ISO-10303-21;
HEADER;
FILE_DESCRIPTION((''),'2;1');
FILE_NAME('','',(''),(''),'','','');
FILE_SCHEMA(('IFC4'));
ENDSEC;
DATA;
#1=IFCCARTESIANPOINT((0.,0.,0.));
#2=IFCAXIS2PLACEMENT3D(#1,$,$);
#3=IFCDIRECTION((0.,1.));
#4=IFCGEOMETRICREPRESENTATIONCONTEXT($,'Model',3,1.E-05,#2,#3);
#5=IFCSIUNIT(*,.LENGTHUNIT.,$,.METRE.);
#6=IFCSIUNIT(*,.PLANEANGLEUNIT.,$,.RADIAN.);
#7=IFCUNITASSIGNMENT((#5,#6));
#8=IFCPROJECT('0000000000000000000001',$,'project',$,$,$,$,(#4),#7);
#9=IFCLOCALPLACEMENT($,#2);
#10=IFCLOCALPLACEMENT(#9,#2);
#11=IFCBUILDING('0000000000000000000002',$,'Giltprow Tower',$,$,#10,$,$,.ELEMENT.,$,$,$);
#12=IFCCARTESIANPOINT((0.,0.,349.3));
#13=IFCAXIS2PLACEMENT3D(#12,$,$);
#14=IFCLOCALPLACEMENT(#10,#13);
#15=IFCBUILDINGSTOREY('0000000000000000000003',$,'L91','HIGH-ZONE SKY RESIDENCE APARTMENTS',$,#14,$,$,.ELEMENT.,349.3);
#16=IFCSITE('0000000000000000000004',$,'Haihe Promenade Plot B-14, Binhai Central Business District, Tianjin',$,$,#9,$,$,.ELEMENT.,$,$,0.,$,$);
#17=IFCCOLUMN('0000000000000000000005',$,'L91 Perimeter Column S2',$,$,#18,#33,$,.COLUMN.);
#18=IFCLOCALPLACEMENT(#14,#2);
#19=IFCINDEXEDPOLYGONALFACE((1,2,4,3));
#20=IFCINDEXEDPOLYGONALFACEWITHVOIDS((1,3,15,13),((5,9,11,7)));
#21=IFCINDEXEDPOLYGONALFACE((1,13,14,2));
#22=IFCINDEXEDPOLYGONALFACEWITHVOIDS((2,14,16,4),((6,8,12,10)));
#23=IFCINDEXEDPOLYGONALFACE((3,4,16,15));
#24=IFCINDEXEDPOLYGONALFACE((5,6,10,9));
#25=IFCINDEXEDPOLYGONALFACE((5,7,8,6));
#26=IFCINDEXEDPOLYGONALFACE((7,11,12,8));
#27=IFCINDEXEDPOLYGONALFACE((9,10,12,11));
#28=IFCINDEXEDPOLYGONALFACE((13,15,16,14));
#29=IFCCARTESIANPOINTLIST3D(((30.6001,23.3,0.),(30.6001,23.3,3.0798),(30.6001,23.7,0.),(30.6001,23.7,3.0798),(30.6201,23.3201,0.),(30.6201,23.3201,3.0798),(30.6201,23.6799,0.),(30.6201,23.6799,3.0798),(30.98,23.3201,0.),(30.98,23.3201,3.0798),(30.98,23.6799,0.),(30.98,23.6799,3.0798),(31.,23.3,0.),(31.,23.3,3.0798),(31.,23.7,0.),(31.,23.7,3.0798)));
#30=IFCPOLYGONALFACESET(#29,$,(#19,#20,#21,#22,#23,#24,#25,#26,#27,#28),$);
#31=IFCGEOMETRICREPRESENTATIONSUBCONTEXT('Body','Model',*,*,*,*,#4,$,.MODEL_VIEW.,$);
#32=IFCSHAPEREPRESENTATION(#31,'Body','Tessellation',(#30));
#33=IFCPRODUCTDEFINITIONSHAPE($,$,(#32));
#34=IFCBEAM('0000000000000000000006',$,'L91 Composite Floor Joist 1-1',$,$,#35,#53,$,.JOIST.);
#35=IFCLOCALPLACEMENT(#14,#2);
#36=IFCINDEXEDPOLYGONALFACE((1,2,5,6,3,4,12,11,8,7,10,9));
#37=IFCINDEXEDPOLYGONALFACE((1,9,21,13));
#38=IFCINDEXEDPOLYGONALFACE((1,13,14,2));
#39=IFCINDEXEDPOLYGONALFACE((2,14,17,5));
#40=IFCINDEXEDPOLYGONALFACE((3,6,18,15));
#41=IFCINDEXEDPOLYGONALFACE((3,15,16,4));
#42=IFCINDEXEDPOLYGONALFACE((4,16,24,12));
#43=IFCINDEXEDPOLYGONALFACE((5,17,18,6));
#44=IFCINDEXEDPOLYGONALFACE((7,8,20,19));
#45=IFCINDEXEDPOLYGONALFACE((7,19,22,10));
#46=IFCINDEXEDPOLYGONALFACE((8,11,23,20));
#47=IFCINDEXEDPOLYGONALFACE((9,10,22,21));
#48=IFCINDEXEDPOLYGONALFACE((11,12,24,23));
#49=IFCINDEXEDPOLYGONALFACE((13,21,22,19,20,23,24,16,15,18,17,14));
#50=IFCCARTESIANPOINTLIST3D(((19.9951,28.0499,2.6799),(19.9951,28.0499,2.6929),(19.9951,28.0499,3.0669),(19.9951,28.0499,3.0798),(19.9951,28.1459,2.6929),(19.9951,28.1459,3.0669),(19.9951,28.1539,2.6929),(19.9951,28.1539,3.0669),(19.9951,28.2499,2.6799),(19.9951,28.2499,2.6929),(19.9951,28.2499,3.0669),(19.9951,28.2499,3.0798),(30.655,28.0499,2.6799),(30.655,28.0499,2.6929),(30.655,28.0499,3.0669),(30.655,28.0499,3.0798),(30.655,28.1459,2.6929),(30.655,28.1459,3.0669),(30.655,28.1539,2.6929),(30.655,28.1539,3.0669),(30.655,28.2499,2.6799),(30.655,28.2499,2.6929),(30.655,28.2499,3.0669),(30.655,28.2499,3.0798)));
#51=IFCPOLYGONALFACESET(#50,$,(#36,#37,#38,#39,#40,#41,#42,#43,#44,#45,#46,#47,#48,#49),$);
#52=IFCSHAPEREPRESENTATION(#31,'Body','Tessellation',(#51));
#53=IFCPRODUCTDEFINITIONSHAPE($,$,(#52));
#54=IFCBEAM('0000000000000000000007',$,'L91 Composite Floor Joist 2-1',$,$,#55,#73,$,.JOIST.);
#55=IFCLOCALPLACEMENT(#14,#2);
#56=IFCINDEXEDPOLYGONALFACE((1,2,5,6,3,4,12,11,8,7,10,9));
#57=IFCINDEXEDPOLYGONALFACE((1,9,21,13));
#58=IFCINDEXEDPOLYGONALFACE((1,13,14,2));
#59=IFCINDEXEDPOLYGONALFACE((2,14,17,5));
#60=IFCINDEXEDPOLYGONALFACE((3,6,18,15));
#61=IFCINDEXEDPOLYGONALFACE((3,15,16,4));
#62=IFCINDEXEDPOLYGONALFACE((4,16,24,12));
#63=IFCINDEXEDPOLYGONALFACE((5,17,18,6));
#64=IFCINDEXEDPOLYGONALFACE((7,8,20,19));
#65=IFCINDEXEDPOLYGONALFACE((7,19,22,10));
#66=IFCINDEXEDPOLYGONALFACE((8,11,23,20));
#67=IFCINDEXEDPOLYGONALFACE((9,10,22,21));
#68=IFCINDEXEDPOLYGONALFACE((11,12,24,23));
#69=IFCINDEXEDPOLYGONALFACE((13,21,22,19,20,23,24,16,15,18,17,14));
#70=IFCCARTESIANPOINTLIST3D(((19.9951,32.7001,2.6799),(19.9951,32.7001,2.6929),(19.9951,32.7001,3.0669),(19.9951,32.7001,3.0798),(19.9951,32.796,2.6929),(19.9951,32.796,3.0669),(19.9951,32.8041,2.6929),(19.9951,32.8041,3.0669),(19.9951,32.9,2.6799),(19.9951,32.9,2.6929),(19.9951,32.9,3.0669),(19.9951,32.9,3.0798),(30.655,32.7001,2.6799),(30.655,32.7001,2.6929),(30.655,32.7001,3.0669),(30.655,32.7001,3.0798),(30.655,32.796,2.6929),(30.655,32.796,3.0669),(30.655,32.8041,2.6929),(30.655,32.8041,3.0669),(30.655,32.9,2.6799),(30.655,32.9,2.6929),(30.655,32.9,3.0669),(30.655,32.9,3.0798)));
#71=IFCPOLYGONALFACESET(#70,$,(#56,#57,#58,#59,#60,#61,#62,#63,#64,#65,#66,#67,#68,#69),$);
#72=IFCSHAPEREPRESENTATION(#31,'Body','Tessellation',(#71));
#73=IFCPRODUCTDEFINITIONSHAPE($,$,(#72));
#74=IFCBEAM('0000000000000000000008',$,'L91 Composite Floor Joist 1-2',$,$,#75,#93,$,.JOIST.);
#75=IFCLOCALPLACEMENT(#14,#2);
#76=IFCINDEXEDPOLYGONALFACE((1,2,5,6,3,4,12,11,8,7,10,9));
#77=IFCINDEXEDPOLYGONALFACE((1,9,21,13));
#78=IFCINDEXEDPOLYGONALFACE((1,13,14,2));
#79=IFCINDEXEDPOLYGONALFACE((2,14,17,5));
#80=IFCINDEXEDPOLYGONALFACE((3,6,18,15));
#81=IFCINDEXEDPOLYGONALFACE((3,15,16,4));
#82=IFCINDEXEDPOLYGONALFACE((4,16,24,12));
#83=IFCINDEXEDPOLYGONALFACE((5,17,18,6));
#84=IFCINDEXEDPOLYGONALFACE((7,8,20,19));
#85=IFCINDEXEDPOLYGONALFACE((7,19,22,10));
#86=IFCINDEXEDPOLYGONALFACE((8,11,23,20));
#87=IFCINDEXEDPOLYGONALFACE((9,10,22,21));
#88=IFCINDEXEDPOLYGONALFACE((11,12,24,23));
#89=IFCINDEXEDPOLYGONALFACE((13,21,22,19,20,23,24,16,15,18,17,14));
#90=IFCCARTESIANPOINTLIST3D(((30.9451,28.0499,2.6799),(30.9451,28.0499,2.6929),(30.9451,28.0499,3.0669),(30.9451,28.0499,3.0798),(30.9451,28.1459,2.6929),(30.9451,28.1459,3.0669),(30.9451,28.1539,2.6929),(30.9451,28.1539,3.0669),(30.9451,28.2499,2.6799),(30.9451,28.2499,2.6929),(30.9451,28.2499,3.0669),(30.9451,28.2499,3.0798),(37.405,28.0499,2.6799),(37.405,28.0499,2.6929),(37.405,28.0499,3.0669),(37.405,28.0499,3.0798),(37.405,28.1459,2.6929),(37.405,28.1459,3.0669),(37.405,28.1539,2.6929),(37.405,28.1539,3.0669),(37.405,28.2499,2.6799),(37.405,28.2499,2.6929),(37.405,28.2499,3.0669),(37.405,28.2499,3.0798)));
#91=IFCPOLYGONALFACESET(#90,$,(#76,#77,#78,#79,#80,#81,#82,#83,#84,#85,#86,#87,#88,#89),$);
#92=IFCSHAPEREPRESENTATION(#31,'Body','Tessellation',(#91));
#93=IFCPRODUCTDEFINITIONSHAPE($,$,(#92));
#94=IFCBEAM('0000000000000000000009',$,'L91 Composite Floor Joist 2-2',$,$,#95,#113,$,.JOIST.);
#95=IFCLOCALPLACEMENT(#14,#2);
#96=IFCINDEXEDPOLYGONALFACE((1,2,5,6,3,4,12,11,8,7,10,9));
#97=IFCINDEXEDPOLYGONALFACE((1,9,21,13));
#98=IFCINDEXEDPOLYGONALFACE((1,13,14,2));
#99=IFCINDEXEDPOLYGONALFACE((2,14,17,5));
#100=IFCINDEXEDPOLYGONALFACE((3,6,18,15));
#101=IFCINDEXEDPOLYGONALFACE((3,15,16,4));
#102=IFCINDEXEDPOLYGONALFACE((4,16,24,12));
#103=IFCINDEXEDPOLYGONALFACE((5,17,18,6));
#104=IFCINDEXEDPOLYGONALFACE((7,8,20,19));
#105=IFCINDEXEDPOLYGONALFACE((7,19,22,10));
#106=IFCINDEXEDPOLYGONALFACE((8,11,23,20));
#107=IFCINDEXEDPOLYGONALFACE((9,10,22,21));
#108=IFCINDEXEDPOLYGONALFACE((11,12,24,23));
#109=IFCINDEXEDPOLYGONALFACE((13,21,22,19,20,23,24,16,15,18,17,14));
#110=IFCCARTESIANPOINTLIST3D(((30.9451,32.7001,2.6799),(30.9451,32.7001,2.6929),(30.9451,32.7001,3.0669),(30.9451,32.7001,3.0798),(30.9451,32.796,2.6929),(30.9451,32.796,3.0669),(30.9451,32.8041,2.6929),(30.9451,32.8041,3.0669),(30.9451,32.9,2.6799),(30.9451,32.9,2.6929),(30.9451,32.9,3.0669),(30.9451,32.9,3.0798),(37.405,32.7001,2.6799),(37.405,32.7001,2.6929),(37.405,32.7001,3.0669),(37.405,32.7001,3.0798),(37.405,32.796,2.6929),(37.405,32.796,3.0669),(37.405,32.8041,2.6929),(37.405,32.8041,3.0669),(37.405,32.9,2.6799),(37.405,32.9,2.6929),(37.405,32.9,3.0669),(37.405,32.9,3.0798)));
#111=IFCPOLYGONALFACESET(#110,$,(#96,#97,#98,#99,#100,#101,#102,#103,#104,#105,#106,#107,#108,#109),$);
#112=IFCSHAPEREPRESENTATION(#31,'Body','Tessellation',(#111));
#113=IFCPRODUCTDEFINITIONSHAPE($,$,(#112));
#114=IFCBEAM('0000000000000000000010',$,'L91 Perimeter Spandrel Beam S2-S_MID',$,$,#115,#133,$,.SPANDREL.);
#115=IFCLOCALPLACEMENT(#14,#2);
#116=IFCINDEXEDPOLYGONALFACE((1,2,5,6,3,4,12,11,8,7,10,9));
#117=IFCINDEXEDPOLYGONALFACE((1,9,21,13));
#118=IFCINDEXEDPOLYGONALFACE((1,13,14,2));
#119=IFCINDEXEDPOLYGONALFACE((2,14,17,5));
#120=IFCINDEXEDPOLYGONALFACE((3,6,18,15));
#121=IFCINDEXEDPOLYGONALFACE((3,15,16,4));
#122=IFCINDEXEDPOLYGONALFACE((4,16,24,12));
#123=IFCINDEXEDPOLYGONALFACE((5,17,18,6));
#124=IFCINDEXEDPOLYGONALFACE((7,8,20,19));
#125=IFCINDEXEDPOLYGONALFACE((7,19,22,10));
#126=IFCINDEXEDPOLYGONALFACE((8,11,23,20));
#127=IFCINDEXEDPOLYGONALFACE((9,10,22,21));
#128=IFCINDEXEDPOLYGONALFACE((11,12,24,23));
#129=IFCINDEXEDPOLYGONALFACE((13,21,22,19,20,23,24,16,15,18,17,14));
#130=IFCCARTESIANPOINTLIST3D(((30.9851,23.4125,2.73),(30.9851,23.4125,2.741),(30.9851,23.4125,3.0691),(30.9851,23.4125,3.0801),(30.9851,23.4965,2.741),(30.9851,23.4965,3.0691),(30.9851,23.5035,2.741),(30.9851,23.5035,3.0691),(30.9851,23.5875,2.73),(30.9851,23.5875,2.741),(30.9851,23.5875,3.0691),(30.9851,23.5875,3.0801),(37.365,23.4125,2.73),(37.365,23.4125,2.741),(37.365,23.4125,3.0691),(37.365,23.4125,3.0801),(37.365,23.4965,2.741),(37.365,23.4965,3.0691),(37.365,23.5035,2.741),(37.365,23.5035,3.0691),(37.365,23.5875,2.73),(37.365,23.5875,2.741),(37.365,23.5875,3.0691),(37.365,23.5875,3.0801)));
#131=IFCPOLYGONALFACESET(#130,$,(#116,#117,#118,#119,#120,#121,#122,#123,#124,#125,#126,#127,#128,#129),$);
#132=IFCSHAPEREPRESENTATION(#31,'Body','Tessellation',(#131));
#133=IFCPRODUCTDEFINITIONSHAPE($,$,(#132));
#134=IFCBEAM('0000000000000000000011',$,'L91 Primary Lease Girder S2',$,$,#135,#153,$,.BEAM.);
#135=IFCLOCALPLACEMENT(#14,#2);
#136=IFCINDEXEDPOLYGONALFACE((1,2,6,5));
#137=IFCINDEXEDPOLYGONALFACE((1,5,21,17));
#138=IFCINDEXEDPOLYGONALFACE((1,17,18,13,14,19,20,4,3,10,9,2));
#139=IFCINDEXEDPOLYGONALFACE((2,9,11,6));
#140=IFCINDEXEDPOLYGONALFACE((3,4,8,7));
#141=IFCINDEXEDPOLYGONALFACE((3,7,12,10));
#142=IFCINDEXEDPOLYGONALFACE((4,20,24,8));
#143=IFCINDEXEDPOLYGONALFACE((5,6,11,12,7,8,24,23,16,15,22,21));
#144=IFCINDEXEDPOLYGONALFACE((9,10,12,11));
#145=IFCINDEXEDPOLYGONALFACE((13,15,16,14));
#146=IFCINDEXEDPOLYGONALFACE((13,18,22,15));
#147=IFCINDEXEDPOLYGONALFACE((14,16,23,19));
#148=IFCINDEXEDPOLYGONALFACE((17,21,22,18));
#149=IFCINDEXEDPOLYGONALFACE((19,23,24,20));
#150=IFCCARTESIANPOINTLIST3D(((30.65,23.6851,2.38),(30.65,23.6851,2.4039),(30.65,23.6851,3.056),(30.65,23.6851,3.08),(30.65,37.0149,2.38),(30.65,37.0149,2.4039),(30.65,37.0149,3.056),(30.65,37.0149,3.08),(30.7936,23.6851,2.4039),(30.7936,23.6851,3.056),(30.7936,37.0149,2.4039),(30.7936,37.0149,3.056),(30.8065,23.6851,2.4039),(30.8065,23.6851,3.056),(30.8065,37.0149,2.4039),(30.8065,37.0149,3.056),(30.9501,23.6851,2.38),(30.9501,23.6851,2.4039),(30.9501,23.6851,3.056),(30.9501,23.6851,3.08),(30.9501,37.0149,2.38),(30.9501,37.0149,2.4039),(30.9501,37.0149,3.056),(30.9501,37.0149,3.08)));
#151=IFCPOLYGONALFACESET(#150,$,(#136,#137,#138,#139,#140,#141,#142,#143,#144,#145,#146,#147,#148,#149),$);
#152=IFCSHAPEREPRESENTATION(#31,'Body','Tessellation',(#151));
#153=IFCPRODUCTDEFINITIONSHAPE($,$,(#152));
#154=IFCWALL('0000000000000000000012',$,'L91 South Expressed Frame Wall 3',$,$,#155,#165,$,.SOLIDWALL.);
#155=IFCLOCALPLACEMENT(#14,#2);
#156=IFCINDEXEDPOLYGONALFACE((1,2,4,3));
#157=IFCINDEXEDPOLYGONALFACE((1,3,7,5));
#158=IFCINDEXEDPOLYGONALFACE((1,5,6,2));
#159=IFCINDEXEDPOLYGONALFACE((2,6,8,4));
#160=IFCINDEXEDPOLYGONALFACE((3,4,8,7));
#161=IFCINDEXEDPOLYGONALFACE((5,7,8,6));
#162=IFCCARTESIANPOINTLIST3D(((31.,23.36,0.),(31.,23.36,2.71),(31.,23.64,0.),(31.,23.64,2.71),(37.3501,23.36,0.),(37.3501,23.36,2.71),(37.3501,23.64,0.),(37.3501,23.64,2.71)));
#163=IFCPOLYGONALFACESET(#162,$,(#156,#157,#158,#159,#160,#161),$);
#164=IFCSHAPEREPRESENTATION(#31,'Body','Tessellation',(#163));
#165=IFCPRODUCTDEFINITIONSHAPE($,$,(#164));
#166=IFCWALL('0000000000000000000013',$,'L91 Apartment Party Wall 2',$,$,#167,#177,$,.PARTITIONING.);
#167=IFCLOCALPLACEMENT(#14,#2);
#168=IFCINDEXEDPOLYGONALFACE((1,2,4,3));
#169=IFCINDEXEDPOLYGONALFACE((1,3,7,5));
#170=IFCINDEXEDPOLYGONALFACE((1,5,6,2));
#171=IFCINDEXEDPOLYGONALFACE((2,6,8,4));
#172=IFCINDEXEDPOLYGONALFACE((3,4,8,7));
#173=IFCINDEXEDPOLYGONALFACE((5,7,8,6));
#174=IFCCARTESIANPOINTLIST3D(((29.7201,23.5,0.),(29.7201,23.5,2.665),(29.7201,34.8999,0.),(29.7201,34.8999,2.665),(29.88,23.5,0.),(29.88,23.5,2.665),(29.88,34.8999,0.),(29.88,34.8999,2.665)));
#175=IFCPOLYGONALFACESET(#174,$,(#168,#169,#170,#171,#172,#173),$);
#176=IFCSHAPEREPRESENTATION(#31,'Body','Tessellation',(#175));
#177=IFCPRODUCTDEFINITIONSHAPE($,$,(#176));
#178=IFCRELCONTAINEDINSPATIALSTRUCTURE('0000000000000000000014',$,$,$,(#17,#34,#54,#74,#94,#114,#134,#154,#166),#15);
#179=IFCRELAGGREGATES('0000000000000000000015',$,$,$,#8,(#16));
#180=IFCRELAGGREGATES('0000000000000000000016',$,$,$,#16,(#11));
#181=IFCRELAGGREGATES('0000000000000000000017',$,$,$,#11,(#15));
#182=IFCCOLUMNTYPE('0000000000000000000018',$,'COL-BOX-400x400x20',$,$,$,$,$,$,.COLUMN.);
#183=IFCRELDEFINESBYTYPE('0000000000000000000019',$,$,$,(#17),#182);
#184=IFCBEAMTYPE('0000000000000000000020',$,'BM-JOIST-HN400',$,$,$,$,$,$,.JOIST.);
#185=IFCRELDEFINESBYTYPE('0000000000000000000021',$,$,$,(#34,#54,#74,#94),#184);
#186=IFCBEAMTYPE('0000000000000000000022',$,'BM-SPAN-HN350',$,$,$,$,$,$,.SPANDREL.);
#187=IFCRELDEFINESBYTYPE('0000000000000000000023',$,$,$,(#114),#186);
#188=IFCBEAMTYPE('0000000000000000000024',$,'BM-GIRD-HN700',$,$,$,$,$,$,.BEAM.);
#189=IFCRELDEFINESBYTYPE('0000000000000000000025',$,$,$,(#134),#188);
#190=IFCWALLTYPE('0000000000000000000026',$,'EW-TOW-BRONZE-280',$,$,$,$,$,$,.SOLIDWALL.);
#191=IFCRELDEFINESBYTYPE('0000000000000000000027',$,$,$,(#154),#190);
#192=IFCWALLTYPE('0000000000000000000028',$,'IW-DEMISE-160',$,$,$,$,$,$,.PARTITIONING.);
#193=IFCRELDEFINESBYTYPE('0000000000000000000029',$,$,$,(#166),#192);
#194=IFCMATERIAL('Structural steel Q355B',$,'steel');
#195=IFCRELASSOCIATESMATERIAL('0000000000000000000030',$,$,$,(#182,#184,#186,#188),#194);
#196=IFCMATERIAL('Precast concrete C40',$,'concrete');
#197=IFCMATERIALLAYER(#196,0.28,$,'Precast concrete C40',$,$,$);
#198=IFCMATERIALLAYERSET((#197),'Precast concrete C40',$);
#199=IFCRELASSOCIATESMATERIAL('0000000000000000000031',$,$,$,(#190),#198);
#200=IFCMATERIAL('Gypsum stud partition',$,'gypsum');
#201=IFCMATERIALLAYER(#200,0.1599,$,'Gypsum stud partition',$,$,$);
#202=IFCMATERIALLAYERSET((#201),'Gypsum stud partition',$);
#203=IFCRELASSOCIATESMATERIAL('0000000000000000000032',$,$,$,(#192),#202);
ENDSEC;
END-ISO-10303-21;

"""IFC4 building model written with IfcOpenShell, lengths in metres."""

from ifc_helpers import new_model, si_unit, direction, frame, frame_2d, origin, origin_2d, place, context, subcontext, project, spatial, rectangle, hollow_rectangle, i_section, extrude, source, transform, mapped, material, layer, layer_set, material_profile, profile_set, type_object, element, save


model = new_model("IFC4")

# Units and contexts
model_context = context("Model", 3, precision=1e-05, world=origin(), true_north=direction((0.0, 1.0)))
body_context = subcontext(model_context, "Body", "Model", "MODEL_VIEW")
ifc_project = project(units=[si_unit("LENGTHUNIT", "METRE"), si_unit("PLANEANGLEUNIT", "RADIAN")], contexts=[model_context])

# Site, building, storey
site_placement = place(None, origin())
site = spatial("IfcSite", under=ifc_project, at=site_placement, Name="Haihe Promenade Plot B-14, Binhai Central Business District, Tianjin", CompositionType="ELEMENT", RefElevation=0.0)
building_placement = place(site_placement, origin())
building = spatial("IfcBuilding", under=site, at=building_placement, Name="Giltprow Tower", CompositionType="ELEMENT")
storey_placement = place(building_placement, frame((0.0, 0.0, 349.3)))
storey = spatial("IfcBuildingStorey", under=building, at=storey_placement, Name="L91", Description="HIGH-ZONE SKY RESIDENCE APARTMENTS", CompositionType="ELEMENT", Elevation=349.3)

# Column
ifc_material_1 = material(Name="Structural steel Q355B", Category="steel")
ifc_material_profile_1 = material_profile(ifc_material_1, hollow_rectangle(XDim=0.3999, YDim=0.3999, WallThickness=0.02, at=origin_2d()), Name="BOX 400x400x20")
ifc_profile_set_1 = profile_set([ifc_material_profile_1], Name="Structural steel Q355B")
column_type = type_object("IfcColumnType", Name="COL-BOX-400x400x20", PredefinedType="COLUMN", material=ifc_profile_set_1)
shared_shape_1 = source(origin(), body_context, "Body", "SweptSolid", [
    extrude(hollow_rectangle(XDim=0.3999, YDim=0.3999, WallThickness=0.02, at=origin_2d()), origin(), (0.0, 0.0, 1.0), 3.0798),
])
column_placement = place(storey_placement, frame((30.8, 23.5, 0.0), z_axis=(0.0, 0.0, 1.0), x_axis=(1.0, 0.0, 0.0)))
element("IfcColumn", 1, at=column_placement, inside=storey, type_object=column_type, Name="L91 Perimeter Column S2", PredefinedType="COLUMN", context=body_context, shape_type="MappedRepresentation", body=[
    mapped(shared_shape_1, transform((0.0, 0.0, 0.0), x_axis=(1.0, 0.0, 0.0), y_axis=(0.0, 1.0, 0.0), z_axis=(0.0, 0.0, 1.0), scale=1.0)),
])

# Beams
ifc_material_profile_2 = material_profile(ifc_material_1, i_section(OverallWidth=0.2, OverallDepth=0.3999, WebThickness=0.0081, FlangeThickness=0.0129, at=origin_2d()), Name="HN 400x200x8x13")
ifc_profile_set_2 = profile_set([ifc_material_profile_2], Name="Structural steel Q355B")
beam_type_1 = type_object("IfcBeamType", Name="BM-JOIST-HN400", PredefinedType="JOIST", material=ifc_profile_set_2)
shared_shape_2 = source(origin(), body_context, "Body", "SweptSolid", [
    extrude(i_section(OverallWidth=0.2, OverallDepth=0.3999, WebThickness=0.0081, FlangeThickness=0.0129, at=origin_2d()), origin(), (0.0, 0.0, 1.0), 10.6599),
])
for number, where, z_axis, x_axis, name in (
    (2, (19.9951, 28.1499, 2.8799), (1.0, 0.0, 0.0), (0.0, 1.0, 0.0), "L91 Composite Floor Joist 1-1"),
    (3, (19.9951, 32.8, 2.8799), (1.0, 0.0, 0.0), (0.0, 1.0, 0.0), "L91 Composite Floor Joist 2-1"),
):
    element("IfcBeam", number, at=place(storey_placement, frame(where, z_axis=z_axis, x_axis=x_axis)), inside=storey, type_object=beam_type_1, Name=name, PredefinedType="JOIST", context=body_context, shape_type="MappedRepresentation", body=[
        mapped(shared_shape_2, transform((0.0, 0.0, 0.0), x_axis=(1.0, 0.0, 0.0), y_axis=(0.0, 1.0, 0.0), z_axis=(0.0, 0.0, 1.0), scale=1.0)),
    ])
shared_shape_3 = source(origin(), body_context, "Body", "SweptSolid", [
    extrude(i_section(OverallWidth=0.2, OverallDepth=0.3999, WebThickness=0.0081, FlangeThickness=0.0129, at=origin_2d()), origin(), (0.0, 0.0, 1.0), 6.46),
])
for number, where, z_axis, x_axis, name in (
    (4, (30.9451, 28.1499, 2.8799), (1.0, 0.0, 0.0), (0.0, 1.0, 0.0), "L91 Composite Floor Joist 1-2"),
    (5, (30.9451, 32.8, 2.8799), (1.0, 0.0, 0.0), (0.0, 1.0, 0.0), "L91 Composite Floor Joist 2-2"),
):
    element("IfcBeam", number, at=place(storey_placement, frame(where, z_axis=z_axis, x_axis=x_axis)), inside=storey, type_object=beam_type_1, Name=name, PredefinedType="JOIST", context=body_context, shape_type="MappedRepresentation", body=[
        mapped(shared_shape_3, transform((0.0, 0.0, 0.0), x_axis=(1.0, 0.0, 0.0), y_axis=(0.0, 1.0, 0.0), z_axis=(0.0, 0.0, 1.0), scale=1.0)),
    ])
ifc_material_profile_3 = material_profile(ifc_material_1, i_section(OverallWidth=0.175, OverallDepth=0.3501, WebThickness=0.0071, FlangeThickness=0.011, at=origin_2d()), Name="HN 350x175x7x11")
ifc_profile_set_3 = profile_set([ifc_material_profile_3], Name="Structural steel Q355B")
beam_type_2 = type_object("IfcBeamType", Name="BM-SPAN-HN350", PredefinedType="SPANDREL", material=ifc_profile_set_3)
shared_shape_4 = source(origin(), body_context, "Body", "SweptSolid", [
    extrude(i_section(OverallWidth=0.175, OverallDepth=0.3501, WebThickness=0.0071, FlangeThickness=0.011, at=origin_2d()), origin(), (0.0, 0.0, 1.0), 6.3799),
])
beam_1_placement = place(storey_placement, frame((30.9851, 23.5, 2.905), z_axis=(1.0, 0.0, 0.0), x_axis=(0.0, 1.0, 0.0)))
element("IfcBeam", 6, at=beam_1_placement, inside=storey, type_object=beam_type_2, Name="L91 Perimeter Spandrel Beam S2-S_MID", PredefinedType="SPANDREL", context=body_context, shape_type="MappedRepresentation", body=[
    mapped(shared_shape_4, transform((0.0, 0.0, 0.0), x_axis=(1.0, 0.0, 0.0), y_axis=(0.0, 1.0, 0.0), z_axis=(0.0, 0.0, 1.0), scale=1.0)),
])
ifc_material_profile_4 = material_profile(ifc_material_1, i_section(OverallWidth=0.3, OverallDepth=0.7, WebThickness=0.0129, FlangeThickness=0.0239, at=origin_2d()), Name="HN 700x300x13x24")
ifc_profile_set_4 = profile_set([ifc_material_profile_4], Name="Structural steel Q355B")
beam_type_3 = type_object("IfcBeamType", Name="BM-GIRD-HN700", PredefinedType="BEAM", material=ifc_profile_set_4)
shared_shape_5 = source(origin(), body_context, "Body", "SweptSolid", [
    extrude(i_section(OverallWidth=0.3, OverallDepth=0.7, WebThickness=0.0129, FlangeThickness=0.0239, at=origin_2d()), origin(), (0.0, 0.0, 1.0), 13.3298),
])
beam_2_placement = place(storey_placement, frame((30.8, 23.6851, 2.73), z_axis=(0.0, 1.0, 0.0), x_axis=(-1.0, 0.0, 0.0)))
element("IfcBeam", 7, at=beam_2_placement, inside=storey, type_object=beam_type_3, Name="L91 Primary Lease Girder S2", PredefinedType="BEAM", context=body_context, shape_type="MappedRepresentation", body=[
    mapped(shared_shape_5, transform((0.0, 0.0, 0.0), x_axis=(1.0, 0.0, 0.0), y_axis=(0.0, 1.0, 0.0), z_axis=(0.0, 0.0, 1.0), scale=1.0)),
])

# Walls
ifc_material_2 = material(Name="Precast concrete C40", Category="concrete")
ifc_layer_1 = layer(ifc_material_2, 0.28, Name="Precast concrete C40")
ifc_layer_set_1 = layer_set([ifc_layer_1], Name="Precast concrete C40")
wall_type_1 = type_object("IfcWallType", Name="EW-TOW-BRONZE-280", PredefinedType="SOLIDWALL", material=ifc_layer_set_1)
wall_1_placement = place(storey_placement, frame((31.0, 23.5, 0.0), z_axis=(0.0, 0.0, 1.0), x_axis=(1.0, 0.0, 0.0)))
element("IfcWall", 8, at=wall_1_placement, inside=storey, type_object=wall_type_1, Name="L91 South Expressed Frame Wall 3", PredefinedType="SOLIDWALL", context=body_context, shape_type="SweptSolid", body=[
    extrude(rectangle(XDim=6.3501, YDim=0.28, at=frame_2d((3.175, 0.0))), origin(), (0.0, 0.0, 1.0), 2.71),
])
ifc_material_3 = material(Name="Gypsum stud partition", Category="gypsum")
ifc_layer_2 = layer(ifc_material_3, 0.1599, Name="Gypsum stud partition")
ifc_layer_set_2 = layer_set([ifc_layer_2], Name="Gypsum stud partition")
wall_type_2 = type_object("IfcWallType", Name="IW-DEMISE-160", PredefinedType="PARTITIONING", material=ifc_layer_set_2)
wall_2_placement = place(storey_placement, frame((29.8, 23.5, 0.0), z_axis=(0.0, 0.0, 1.0), x_axis=(0.0, 1.0, 0.0)))
element("IfcWall", 9, at=wall_2_placement, inside=storey, type_object=wall_type_2, Name="L91 Apartment Party Wall 2", PredefinedType="PARTITIONING", context=body_context, shape_type="SweptSolid", body=[
    extrude(rectangle(XDim=11.3999, YDim=0.1599, at=frame_2d((5.7, 0.0))), origin(), (0.0, 0.0, 1.0), 2.665),
])

save(model, "model.ifc")
